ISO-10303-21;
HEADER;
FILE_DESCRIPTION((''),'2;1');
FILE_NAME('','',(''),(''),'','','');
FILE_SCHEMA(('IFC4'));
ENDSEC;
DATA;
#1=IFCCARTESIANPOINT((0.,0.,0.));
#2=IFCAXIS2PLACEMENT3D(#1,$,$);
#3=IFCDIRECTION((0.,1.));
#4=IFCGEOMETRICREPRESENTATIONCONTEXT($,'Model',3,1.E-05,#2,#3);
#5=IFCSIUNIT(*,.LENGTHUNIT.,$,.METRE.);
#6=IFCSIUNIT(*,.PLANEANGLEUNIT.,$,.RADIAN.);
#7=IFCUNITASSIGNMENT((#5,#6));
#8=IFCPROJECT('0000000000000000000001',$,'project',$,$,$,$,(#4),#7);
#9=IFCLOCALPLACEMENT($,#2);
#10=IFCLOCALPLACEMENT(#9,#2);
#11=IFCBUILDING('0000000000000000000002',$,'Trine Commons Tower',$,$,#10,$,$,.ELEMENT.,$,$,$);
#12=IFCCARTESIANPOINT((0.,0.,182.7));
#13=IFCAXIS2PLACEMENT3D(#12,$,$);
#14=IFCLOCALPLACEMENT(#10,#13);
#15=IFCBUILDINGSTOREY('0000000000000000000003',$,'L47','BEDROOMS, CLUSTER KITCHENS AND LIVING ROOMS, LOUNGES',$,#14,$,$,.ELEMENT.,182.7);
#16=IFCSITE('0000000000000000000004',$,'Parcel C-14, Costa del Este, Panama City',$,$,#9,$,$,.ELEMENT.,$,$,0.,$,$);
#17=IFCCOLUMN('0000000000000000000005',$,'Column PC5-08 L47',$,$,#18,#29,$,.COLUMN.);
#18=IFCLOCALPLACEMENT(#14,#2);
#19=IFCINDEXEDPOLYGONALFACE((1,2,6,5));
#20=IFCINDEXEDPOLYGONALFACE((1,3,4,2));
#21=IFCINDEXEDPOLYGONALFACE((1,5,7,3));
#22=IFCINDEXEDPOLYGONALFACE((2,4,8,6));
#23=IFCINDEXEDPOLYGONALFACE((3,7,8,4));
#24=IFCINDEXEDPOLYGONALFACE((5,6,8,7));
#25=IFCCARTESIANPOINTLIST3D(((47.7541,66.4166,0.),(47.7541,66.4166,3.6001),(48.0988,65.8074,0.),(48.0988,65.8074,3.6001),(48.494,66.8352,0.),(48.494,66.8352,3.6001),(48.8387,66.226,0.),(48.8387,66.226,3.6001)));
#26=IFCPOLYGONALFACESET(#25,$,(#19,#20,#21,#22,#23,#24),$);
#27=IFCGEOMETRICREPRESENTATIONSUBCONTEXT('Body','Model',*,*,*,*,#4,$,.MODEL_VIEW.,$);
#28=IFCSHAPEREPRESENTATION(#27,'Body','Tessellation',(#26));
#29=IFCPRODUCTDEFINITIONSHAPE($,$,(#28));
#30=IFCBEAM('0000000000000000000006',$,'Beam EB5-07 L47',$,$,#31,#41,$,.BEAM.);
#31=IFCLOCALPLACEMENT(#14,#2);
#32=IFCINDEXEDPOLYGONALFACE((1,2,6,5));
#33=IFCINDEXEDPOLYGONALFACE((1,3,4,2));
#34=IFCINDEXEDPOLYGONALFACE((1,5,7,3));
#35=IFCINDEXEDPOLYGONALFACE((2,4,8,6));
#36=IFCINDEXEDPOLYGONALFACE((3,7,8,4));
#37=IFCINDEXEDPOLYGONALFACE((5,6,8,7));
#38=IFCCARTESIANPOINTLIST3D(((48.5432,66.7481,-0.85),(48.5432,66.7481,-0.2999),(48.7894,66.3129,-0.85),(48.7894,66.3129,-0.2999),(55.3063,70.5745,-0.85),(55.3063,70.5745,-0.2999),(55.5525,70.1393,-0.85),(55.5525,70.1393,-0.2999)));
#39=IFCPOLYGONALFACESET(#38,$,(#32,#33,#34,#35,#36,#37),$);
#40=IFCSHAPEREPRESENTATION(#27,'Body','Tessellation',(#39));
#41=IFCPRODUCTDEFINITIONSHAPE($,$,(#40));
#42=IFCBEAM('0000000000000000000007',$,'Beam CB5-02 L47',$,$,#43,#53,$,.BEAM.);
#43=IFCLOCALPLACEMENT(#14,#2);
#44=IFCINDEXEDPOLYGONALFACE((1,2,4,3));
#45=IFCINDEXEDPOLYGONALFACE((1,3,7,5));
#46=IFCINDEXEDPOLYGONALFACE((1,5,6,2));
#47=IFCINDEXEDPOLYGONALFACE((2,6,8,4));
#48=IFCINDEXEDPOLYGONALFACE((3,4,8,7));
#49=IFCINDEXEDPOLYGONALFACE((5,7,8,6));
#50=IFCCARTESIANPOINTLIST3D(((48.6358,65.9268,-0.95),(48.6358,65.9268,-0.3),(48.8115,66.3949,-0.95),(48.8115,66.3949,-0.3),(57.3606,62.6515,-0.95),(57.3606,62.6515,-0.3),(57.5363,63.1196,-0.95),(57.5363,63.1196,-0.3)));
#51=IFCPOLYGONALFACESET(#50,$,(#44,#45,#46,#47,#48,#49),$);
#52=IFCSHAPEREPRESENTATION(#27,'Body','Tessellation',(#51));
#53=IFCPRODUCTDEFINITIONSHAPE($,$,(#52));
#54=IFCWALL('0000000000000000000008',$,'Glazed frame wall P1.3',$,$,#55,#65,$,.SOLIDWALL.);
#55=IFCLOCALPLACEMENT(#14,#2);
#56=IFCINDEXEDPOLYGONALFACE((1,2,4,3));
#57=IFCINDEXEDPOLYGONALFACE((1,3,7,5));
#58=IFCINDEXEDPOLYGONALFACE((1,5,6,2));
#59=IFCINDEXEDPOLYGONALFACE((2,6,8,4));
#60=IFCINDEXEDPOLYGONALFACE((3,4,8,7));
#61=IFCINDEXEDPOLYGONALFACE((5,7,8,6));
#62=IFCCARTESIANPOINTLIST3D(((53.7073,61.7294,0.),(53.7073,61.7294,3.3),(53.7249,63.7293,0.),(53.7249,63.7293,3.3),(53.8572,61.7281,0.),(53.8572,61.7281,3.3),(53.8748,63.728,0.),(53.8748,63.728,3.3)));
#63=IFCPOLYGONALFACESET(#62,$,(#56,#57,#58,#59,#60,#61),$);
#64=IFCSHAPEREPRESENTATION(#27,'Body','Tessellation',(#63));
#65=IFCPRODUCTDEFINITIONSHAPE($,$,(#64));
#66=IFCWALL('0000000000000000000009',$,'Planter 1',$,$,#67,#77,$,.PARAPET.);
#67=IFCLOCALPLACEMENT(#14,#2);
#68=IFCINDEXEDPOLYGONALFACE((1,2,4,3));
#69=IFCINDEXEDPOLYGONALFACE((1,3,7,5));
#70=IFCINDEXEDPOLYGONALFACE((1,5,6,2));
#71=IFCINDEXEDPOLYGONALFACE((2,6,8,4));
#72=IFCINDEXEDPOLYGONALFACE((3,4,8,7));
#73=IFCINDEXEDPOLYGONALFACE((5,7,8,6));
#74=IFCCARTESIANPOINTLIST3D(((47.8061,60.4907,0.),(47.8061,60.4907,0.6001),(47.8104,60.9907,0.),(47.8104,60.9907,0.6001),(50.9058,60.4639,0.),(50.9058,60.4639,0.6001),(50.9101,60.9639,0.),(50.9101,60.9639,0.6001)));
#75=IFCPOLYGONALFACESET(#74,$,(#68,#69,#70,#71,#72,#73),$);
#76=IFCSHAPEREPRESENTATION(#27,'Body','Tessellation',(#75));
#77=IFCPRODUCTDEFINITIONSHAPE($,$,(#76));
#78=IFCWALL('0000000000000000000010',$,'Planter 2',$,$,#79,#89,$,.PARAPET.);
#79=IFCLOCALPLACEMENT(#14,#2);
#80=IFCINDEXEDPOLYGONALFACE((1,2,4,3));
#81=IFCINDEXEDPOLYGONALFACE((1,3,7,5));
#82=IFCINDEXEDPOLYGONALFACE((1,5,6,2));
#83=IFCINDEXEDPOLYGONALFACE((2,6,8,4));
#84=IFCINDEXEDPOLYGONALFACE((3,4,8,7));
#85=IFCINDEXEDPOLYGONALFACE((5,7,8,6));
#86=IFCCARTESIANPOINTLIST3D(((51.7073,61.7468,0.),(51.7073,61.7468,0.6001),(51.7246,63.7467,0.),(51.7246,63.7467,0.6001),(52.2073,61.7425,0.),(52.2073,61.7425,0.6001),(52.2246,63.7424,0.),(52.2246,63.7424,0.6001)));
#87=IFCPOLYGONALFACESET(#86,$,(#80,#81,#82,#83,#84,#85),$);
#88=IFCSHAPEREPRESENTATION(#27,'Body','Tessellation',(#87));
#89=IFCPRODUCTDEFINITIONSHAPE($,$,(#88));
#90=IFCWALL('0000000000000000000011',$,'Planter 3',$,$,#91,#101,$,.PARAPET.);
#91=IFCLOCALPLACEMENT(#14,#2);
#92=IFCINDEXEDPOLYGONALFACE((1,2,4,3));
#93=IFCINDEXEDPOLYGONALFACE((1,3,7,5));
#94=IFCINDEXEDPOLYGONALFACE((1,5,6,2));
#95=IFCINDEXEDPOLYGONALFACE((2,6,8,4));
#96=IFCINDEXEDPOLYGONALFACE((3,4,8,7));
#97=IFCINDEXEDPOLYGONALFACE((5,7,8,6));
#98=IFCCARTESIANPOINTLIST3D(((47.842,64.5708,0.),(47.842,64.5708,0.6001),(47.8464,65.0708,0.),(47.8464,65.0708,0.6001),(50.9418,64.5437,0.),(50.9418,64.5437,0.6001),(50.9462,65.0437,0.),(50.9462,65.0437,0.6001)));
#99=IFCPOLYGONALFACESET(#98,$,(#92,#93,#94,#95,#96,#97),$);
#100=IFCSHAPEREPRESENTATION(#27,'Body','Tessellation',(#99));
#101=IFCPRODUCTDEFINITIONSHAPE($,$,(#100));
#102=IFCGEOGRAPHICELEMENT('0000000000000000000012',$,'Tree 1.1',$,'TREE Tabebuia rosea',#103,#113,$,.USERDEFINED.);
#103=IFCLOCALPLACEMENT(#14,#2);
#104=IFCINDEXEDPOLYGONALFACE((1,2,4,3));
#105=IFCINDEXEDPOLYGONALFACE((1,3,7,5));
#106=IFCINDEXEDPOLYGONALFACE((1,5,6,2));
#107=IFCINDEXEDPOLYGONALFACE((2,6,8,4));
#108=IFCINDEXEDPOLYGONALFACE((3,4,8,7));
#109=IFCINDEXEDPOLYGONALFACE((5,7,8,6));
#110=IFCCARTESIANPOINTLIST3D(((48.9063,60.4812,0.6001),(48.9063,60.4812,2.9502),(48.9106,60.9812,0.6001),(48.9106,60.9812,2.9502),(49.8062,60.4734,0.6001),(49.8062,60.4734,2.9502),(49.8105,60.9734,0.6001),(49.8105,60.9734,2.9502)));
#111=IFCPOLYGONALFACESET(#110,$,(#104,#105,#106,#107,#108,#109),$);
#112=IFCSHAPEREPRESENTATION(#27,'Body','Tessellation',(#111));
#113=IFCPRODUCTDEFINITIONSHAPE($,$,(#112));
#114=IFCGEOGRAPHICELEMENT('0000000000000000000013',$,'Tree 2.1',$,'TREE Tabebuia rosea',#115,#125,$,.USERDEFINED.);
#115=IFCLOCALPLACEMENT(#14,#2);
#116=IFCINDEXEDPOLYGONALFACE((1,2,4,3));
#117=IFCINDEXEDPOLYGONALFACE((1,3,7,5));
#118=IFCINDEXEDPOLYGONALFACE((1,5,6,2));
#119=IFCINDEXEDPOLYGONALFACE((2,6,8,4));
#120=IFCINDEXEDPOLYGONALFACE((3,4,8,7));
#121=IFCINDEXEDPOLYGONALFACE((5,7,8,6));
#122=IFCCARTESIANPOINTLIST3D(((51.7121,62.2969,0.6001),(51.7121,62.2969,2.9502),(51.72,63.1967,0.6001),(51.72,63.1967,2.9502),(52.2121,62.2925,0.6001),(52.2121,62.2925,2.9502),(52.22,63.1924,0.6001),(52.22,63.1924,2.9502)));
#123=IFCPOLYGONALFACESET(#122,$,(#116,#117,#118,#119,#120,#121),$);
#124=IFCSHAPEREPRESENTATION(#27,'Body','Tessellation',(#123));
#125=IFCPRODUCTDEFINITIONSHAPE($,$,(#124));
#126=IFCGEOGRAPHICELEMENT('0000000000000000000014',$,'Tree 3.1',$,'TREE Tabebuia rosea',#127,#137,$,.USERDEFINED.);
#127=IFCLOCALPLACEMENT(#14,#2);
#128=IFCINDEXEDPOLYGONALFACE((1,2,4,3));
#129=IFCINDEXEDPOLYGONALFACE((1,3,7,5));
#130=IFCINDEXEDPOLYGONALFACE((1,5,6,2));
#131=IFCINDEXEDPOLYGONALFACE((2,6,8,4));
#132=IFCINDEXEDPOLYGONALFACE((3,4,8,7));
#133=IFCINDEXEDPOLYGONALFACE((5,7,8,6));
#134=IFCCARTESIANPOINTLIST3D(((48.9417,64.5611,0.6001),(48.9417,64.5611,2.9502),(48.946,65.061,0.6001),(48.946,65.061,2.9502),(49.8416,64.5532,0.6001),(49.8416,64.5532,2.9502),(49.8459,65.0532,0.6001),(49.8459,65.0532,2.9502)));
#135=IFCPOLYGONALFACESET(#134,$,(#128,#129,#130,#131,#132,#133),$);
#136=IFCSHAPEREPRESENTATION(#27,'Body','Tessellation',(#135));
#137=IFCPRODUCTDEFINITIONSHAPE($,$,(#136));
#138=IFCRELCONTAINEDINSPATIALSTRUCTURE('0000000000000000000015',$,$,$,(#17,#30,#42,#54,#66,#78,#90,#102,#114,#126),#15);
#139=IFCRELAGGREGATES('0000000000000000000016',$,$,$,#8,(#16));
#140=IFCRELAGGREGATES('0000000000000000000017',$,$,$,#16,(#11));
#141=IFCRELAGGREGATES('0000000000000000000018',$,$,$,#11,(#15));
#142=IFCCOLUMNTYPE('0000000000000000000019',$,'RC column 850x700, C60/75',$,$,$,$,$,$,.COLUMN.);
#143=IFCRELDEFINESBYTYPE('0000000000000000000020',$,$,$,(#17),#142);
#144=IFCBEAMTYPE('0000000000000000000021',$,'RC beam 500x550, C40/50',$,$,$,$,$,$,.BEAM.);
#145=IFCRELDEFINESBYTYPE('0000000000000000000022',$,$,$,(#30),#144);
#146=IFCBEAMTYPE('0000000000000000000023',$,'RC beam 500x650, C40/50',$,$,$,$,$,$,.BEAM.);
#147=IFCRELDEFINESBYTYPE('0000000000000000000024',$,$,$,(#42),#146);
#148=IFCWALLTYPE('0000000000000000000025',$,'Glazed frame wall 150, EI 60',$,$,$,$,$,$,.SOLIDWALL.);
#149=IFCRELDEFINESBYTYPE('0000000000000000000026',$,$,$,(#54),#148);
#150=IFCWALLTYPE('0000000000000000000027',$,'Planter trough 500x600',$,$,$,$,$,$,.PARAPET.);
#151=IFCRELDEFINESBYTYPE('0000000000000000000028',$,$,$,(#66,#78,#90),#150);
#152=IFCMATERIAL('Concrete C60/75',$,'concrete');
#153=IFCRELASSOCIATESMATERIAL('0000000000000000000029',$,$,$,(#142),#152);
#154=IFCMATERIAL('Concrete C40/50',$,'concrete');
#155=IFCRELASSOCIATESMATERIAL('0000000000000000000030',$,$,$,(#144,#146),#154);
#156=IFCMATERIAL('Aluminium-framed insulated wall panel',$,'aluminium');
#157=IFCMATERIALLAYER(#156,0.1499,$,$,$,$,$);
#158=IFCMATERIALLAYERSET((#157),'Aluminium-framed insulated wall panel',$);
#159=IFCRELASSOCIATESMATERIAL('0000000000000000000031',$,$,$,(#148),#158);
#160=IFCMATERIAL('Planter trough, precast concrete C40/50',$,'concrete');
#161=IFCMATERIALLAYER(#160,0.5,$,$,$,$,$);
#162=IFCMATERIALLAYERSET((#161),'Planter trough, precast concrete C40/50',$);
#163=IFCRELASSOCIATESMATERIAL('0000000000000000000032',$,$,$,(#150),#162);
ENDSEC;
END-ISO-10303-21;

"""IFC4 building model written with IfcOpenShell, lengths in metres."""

from ifc_helpers import new_model, si_unit, direction, frame, frame_2d, origin, origin_2d, place, context, subcontext, project, spatial, polyline, rectangle, outline, extrude, material, layer, layer_set, material_profile, profile_set, type_object, element, save


model = new_model("IFC4")

# Units and contexts
model_context = context("Model", 3, precision=1e-05, world=origin(), true_north=direction((0.0, 1.0)))
body_context = subcontext(model_context, "Body", "Model", "MODEL_VIEW")
ifc_project = project(units=[si_unit("LENGTHUNIT", "METRE"), si_unit("PLANEANGLEUNIT", "RADIAN")], contexts=[model_context])

# Site, building, storey
site_placement = place(None, origin())
site = spatial("IfcSite", under=ifc_project, at=site_placement, Name="Parcel C-14, Costa del Este, Panama City", CompositionType="ELEMENT", RefElevation=0.0)
building_placement = place(site_placement, origin())
building = spatial("IfcBuilding", under=site, at=building_placement, Name="Trine Commons Tower", CompositionType="ELEMENT")
storey_placement = place(building_placement, frame((0.0, 0.0, 182.7)))
storey = spatial("IfcBuildingStorey", under=building, at=storey_placement, Name="L47", Description="BEDROOMS, CLUSTER KITCHENS AND LIVING ROOMS, LOUNGES", CompositionType="ELEMENT", Elevation=182.7)

# Column
ifc_material_1 = material(Name="Concrete C60/75", Category="concrete")
ifc_material_profile_1 = material_profile(ifc_material_1, rectangle(XDim=0.8501, YDim=0.7, at=origin_2d()), Name="RC 850x700")
ifc_profile_set_1 = profile_set([ifc_material_profile_1], Name="Concrete C60/75")
column_type = type_object("IfcColumnType", Name="RC column 850x700, C60/75", PredefinedType="COLUMN", material=ifc_profile_set_1)
column_placement = place(storey_placement, frame((48.2964, 66.3213, 0.0), z_axis=(0.0, 0.0, 1.0), x_axis=(0.870356, 0.492424, 0.0)))
element("IfcColumn", 1, at=column_placement, inside=storey, type_object=column_type, Name="Column PC5-08 L47", PredefinedType="COLUMN", context=body_context, shape_type="SweptSolid", body=[
    extrude(rectangle(XDim=0.8501, YDim=0.7, at=origin_2d()), origin(), (0.0, 0.0, 1.0), 3.6001),
])

# Beams
ifc_material_2 = material(Name="Concrete C40/50", Category="concrete")
ifc_material_profile_2 = material_profile(ifc_material_2, rectangle(XDim=0.5, YDim=0.55, at=origin_2d()), Name="RC 500x550")
ifc_profile_set_2 = profile_set([ifc_material_profile_2], Name="Concrete C40/50")
beam_type_1 = type_object("IfcBeamType", Name="RC beam 500x550, C40/50", PredefinedType="BEAM", material=ifc_profile_set_2)
beam_1_placement = place(storey_placement, frame((48.6663, 66.5305, -0.575), z_axis=(0.870356, 0.492423, 0.0), x_axis=(-0.492423, 0.870356, 0.0)))
element("IfcBeam", 2, at=beam_1_placement, inside=storey, type_object=beam_type_1, Name="Beam EB5-07 L47", PredefinedType="BEAM", context=body_context, shape_type="SweptSolid", body=[
    extrude(rectangle(XDim=0.5, YDim=0.55, at=origin_2d()), origin(), (0.0, 0.0, 1.0), 7.7705),
])
ifc_material_profile_3 = material_profile(ifc_material_2, rectangle(XDim=0.5, YDim=0.6499, at=origin_2d()), Name="RC 500x650")
ifc_profile_set_3 = profile_set([ifc_material_profile_3], Name="Concrete C40/50")
beam_type_2 = type_object("IfcBeamType", Name="RC beam 500x650, C40/50", PredefinedType="BEAM", material=ifc_profile_set_3)
beam_2_placement = place(storey_placement, frame((48.7236, 66.1609, -0.625), z_axis=(0.936203, -0.351459, 0.0), x_axis=(0.351459, 0.936203, 0.0)))
element("IfcBeam", 3, at=beam_2_placement, inside=storey, type_object=beam_type_2, Name="Beam CB5-02 L47", PredefinedType="BEAM", context=body_context, shape_type="SweptSolid", body=[
    extrude(rectangle(XDim=0.5, YDim=0.6499, at=origin_2d()), origin(), (0.0, 0.0, 1.0), 9.3193),
])

# Wall
ifc_material_3 = material(Name="Aluminium-framed insulated wall panel", Category="aluminium")
ifc_layer_1 = layer(ifc_material_3, 0.1499)
ifc_layer_set_1 = layer_set([ifc_layer_1], Name="Aluminium-framed insulated wall panel")
wall_type_1 = type_object("IfcWallType", Name="Glazed frame wall 150, EI 60", PredefinedType="SOLIDWALL", material=ifc_layer_set_1)
wall_1_placement = place(storey_placement, frame((53.7822, 61.7288, 0.0), z_axis=(0.0, 0.0, 1.0), x_axis=(0.008789, 0.999961, 0.0)))
element("IfcWall", 4, at=wall_1_placement, inside=storey, type_object=wall_type_1, Name="Glazed frame wall P1.3", PredefinedType="SOLIDWALL", context=body_context, shape_type="SweptSolid", body=[
    extrude(outline(polyline([(0.0, -0.075), (2.0, -0.075), (2.0, 0.075), (0.0, 0.075), (0.0, -0.075)])), origin(), (0.0, 0.0, 1.0), 3.3),
])

# Walls
ifc_material_4 = material(Name="Planter trough, precast concrete C40/50", Category="concrete")
ifc_layer_2 = layer(ifc_material_4, 0.5)
ifc_layer_set_2 = layer_set([ifc_layer_2], Name="Planter trough, precast concrete C40/50")
wall_type_2 = type_object("IfcWallType", Name="Planter trough 500x600", PredefinedType="PARAPET", material=ifc_layer_set_2)
wall_2_placement = place(storey_placement, frame((47.8083, 60.7407, 0.0), z_axis=(0.0, 0.0, 1.0), x_axis=(0.999962, -0.008663, 0.0)))
element("IfcWall", 5, at=wall_2_placement, inside=storey, type_object=wall_type_2, Name="Planter 1", PredefinedType="PARAPET", context=body_context, shape_type="SweptSolid", body=[
    extrude(rectangle(XDim=3.0999, YDim=0.5, at=frame_2d((1.5498, 0.0))), origin(), (0.0, 0.0, 1.0), 0.6001),
])
wall_3_placement = place(storey_placement, frame((51.9573, 61.7446, 0.0), z_axis=(0.0, 0.0, 1.0), x_axis=(0.008667, 0.999962, 0.0)))
element("IfcWall", 6, at=wall_3_placement, inside=storey, type_object=wall_type_2, Name="Planter 2", PredefinedType="PARAPET", context=body_context, shape_type="SweptSolid", body=[
    extrude(rectangle(XDim=2.0, YDim=0.5, at=frame_2d((1.0, 0.0))), origin(), (0.0, 0.0, 1.0), 0.6001),
])
wall_4_placement = place(storey_placement, frame((50.9438, 64.7937, 0.0), z_axis=(0.0, 0.0, 1.0), x_axis=(-0.999962, 0.008742, 0.0)))
element("IfcWall", 7, at=wall_4_placement, inside=storey, type_object=wall_type_2, Name="Planter 3", PredefinedType="PARAPET", context=body_context, shape_type="SweptSolid", body=[
    extrude(rectangle(XDim=3.0999, YDim=0.5, at=frame_2d((1.5498, 0.0))), origin(), (0.0, 0.0, 1.0), 0.6001),
])

# Geographic elements
for number, where, z_axis, x_axis, name in (
    (8, (49.3584, 60.7273, 0.6001), (0.0, 0.0, 1.0), (0.999962, -0.008727, 0.0), "Tree 1.1"),
    (9, (51.9661, 62.7446, 0.6001), (0.0, 0.0, 1.0), (0.008727, 0.999962, 0.0), "Tree 2.1"),
    (10, (49.3938, 64.8071, 0.6001), (0.0, 0.0, 1.0), (-0.999962, 0.008727, 0.0), "Tree 3.1"),
):
    element("IfcGeographicElement", number, at=place(storey_placement, frame(where, z_axis=z_axis, x_axis=x_axis)), inside=storey, Name=name, ObjectType="TREE Tabebuia rosea", PredefinedType="USERDEFINED", context=body_context, shape_type="SweptSolid", body=[
        extrude(rectangle(XDim=0.8999, YDim=0.5, at=origin_2d()), origin(), (0.0, 0.0, 1.0), 2.3501),
    ])

save(model, "model.ifc")
